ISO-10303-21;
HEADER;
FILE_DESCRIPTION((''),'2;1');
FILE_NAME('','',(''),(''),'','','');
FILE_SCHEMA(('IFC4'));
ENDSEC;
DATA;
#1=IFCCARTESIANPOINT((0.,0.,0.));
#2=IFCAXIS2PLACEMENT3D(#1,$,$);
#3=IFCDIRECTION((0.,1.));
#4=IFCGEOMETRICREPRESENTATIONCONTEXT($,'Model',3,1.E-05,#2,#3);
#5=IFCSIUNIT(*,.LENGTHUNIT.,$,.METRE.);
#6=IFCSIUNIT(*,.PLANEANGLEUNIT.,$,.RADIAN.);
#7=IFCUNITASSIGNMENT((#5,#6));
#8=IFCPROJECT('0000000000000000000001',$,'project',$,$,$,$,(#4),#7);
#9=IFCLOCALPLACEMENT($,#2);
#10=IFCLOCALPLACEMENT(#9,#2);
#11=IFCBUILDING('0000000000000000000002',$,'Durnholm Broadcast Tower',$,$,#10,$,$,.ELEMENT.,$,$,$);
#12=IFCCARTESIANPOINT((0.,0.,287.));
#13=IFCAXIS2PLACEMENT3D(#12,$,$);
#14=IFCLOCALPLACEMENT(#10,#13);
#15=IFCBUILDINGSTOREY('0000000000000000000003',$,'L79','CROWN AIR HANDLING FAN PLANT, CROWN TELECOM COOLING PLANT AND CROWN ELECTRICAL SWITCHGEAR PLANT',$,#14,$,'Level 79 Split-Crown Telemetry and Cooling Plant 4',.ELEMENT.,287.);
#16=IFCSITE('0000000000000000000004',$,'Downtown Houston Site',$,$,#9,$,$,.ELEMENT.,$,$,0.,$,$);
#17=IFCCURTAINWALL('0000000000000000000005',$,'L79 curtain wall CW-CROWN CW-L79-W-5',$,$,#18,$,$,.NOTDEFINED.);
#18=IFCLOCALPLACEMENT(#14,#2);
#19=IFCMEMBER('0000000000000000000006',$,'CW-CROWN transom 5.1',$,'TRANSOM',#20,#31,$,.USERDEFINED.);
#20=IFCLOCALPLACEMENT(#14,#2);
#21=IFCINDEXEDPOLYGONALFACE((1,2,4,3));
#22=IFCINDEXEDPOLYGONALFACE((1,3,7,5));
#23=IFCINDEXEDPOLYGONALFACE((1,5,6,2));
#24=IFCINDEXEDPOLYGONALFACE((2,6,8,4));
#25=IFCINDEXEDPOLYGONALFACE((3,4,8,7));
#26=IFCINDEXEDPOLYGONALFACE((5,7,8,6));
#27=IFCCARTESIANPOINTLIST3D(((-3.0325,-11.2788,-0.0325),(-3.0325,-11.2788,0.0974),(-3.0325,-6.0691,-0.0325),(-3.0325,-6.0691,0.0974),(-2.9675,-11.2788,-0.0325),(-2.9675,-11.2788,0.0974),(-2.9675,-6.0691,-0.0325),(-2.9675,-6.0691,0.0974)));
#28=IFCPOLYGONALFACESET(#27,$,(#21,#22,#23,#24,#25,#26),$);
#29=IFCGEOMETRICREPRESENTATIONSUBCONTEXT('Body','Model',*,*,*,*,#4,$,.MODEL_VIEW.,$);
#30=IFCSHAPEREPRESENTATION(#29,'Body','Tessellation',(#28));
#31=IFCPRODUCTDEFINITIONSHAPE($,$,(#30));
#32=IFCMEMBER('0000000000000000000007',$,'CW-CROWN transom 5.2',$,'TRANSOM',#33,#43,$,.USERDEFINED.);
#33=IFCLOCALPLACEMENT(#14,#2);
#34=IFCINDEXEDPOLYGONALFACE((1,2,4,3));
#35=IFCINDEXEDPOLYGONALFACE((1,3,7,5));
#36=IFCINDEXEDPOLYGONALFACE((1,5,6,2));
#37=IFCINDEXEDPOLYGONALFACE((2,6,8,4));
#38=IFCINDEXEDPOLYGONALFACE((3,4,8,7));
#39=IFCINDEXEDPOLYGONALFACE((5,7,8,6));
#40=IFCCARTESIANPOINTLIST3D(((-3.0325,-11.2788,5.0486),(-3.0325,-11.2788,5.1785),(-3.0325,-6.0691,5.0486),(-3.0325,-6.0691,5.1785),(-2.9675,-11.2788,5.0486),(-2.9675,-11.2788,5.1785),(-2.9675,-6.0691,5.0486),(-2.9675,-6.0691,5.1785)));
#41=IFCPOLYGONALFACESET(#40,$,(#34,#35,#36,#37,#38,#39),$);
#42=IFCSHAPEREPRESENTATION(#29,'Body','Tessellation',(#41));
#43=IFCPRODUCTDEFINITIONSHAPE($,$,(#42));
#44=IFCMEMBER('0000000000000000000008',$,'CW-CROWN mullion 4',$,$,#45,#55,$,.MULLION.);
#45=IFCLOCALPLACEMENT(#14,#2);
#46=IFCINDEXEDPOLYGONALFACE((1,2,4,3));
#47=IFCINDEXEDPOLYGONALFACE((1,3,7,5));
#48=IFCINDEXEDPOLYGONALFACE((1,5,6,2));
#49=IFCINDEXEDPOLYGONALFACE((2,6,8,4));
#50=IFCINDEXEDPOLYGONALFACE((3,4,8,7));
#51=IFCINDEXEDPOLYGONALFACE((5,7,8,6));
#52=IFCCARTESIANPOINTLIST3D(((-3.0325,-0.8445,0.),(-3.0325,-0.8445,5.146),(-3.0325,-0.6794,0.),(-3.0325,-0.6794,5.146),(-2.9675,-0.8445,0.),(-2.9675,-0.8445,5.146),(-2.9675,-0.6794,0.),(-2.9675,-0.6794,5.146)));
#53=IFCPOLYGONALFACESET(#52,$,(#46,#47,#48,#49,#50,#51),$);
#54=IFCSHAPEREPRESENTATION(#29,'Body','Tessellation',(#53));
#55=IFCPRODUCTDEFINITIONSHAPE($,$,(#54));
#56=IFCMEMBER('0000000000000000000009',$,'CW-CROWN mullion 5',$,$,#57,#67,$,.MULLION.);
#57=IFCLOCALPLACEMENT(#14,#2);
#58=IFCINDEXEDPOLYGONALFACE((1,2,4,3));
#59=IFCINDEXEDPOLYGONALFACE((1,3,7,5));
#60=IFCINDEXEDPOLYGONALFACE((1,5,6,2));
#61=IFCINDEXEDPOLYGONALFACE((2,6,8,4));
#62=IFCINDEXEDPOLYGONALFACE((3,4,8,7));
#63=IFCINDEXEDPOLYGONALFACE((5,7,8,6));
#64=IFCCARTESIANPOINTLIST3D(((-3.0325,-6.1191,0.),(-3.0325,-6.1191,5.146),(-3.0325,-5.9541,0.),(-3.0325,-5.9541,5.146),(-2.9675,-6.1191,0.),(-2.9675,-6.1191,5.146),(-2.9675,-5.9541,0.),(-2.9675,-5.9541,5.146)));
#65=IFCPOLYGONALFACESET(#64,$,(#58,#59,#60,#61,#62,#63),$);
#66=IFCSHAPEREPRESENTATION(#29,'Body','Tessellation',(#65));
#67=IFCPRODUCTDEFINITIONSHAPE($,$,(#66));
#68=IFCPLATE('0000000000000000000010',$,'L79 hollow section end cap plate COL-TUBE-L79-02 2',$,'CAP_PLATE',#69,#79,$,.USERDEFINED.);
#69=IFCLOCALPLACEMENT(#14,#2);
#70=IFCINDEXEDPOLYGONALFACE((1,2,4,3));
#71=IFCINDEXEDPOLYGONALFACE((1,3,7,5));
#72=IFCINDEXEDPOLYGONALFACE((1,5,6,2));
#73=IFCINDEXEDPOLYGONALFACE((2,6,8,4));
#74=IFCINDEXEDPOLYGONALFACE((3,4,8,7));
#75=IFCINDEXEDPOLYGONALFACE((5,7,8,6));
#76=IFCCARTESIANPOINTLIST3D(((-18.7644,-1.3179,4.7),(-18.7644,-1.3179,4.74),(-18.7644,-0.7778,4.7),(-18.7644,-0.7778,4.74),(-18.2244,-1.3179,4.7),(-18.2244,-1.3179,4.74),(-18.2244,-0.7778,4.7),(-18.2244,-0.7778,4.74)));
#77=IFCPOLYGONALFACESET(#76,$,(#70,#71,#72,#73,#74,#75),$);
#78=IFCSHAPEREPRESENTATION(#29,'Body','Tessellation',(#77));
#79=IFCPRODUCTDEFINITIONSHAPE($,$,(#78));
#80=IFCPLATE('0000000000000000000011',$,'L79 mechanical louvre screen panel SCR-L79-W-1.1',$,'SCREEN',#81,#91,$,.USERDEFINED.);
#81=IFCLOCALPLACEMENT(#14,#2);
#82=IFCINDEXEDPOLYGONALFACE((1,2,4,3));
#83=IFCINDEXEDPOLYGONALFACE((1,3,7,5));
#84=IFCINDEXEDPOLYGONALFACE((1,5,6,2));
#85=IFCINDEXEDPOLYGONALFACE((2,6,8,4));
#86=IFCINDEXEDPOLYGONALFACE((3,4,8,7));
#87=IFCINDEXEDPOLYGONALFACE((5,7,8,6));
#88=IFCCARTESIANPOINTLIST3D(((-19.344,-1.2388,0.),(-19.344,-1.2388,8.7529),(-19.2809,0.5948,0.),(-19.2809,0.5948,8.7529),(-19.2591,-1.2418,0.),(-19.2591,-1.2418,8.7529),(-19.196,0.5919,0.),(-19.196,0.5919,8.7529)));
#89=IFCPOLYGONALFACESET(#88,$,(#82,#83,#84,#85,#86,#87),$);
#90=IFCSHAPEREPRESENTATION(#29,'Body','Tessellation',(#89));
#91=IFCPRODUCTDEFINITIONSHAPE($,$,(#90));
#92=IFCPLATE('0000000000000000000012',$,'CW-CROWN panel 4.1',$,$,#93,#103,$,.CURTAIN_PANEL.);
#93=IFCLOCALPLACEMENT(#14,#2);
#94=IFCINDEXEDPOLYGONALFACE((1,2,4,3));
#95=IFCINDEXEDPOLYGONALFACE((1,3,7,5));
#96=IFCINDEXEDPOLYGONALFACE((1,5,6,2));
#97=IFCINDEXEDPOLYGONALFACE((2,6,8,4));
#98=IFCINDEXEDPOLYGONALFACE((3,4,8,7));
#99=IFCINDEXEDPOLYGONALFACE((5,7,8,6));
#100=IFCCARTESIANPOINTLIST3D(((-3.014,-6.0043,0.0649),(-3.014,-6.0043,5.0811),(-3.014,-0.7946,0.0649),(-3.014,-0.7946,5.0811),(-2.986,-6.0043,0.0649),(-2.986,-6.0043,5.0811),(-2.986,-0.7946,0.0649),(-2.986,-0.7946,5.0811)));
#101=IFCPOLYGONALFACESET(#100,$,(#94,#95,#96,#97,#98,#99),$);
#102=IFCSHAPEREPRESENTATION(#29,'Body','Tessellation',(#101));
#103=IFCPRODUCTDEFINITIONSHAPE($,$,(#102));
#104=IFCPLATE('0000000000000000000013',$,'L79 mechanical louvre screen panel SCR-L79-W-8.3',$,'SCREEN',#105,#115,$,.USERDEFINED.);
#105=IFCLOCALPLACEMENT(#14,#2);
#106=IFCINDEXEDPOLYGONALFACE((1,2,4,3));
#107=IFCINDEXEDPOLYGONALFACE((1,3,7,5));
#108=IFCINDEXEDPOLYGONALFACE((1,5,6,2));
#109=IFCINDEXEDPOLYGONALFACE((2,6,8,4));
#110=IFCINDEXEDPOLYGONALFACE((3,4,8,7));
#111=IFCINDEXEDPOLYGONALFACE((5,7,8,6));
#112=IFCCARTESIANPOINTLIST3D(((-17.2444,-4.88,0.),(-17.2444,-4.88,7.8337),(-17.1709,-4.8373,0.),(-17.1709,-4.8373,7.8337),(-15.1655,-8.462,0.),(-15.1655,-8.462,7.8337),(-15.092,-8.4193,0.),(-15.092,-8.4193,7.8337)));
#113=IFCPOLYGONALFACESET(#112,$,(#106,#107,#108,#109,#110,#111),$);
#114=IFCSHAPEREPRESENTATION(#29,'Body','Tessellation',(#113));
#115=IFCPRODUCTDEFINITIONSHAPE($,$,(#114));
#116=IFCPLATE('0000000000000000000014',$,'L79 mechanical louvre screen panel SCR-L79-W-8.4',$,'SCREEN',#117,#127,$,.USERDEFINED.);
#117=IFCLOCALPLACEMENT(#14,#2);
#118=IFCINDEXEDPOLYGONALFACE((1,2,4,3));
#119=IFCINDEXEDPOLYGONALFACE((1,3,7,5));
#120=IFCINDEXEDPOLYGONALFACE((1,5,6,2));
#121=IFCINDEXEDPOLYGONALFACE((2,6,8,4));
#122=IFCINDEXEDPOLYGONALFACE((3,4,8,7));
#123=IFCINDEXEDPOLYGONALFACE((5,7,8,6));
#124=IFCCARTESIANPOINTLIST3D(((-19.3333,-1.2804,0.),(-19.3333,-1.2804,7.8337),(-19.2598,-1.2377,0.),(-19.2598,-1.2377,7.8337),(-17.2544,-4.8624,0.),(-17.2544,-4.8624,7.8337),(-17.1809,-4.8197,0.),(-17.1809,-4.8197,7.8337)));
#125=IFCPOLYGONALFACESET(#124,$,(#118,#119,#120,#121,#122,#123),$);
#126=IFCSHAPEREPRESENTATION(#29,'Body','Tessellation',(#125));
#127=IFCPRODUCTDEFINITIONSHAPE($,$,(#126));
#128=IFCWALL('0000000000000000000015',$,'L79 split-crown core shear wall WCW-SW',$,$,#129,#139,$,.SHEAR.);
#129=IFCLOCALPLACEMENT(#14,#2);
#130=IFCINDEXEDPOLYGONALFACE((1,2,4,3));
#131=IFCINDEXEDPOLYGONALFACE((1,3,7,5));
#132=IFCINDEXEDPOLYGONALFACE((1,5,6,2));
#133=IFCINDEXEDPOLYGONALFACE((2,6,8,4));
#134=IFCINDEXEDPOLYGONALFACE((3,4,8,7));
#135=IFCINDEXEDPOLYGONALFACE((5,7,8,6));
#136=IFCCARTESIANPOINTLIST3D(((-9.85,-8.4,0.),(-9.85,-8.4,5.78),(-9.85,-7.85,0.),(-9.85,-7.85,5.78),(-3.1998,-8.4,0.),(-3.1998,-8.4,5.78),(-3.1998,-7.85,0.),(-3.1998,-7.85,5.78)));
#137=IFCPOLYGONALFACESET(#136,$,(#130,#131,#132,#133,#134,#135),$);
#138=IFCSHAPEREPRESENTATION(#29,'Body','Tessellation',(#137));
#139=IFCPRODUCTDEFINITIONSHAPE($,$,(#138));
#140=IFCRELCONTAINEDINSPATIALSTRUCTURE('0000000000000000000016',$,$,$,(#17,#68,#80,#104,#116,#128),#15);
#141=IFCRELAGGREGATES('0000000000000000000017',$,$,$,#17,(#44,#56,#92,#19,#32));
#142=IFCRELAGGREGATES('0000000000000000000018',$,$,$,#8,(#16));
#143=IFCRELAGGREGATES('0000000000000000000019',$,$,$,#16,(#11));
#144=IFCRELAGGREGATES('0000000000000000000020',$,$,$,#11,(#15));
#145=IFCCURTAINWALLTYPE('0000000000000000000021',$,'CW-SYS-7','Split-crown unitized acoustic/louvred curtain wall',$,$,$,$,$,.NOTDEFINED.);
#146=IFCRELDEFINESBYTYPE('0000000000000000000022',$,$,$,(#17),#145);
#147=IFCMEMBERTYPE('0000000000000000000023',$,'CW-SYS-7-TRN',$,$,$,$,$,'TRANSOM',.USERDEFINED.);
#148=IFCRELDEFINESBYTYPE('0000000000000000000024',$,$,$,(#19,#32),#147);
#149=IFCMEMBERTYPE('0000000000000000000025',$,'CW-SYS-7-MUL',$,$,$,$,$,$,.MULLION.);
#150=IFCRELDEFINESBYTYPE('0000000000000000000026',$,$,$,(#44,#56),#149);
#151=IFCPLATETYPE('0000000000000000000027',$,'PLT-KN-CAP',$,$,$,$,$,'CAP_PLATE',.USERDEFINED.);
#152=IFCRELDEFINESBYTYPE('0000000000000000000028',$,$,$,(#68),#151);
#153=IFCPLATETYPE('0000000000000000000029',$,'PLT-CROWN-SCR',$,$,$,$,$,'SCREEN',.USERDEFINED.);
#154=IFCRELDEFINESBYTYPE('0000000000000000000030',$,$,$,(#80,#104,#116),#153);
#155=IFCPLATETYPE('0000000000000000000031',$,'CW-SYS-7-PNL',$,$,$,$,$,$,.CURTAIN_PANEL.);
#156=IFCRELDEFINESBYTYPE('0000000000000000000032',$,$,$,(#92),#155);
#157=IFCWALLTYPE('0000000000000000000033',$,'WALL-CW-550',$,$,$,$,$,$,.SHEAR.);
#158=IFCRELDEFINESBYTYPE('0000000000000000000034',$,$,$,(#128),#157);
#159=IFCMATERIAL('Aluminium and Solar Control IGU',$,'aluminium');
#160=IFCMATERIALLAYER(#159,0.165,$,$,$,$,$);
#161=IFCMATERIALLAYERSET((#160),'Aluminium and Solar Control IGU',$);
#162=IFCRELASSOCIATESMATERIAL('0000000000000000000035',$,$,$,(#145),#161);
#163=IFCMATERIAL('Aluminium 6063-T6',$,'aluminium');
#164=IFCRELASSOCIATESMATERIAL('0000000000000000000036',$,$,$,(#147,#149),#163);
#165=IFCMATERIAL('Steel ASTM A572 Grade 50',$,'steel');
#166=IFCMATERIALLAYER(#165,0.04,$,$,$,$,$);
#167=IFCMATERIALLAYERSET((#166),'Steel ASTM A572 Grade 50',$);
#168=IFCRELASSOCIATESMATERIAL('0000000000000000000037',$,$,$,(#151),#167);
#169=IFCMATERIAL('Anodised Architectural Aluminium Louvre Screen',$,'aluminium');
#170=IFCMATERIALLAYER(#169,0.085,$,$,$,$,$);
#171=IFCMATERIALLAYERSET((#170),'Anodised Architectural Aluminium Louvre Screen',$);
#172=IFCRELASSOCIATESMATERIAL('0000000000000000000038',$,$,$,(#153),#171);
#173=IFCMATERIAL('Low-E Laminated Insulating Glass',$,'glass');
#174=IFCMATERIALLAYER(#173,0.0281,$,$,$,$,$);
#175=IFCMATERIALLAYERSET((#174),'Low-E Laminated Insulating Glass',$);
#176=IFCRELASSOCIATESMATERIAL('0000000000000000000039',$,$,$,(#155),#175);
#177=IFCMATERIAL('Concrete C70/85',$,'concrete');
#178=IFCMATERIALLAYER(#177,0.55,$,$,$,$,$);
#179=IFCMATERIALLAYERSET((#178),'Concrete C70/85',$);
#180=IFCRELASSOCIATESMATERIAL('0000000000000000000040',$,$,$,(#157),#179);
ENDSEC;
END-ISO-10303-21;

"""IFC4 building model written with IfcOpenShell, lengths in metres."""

from ifc_helpers import new_model, si_unit, direction, frame, frame_2d, origin, origin_2d, place, context, subcontext, project, spatial, rectangle, extrude, source, transform, mapped, material, layer, layer_set, material_profile, profile_set, type_object, type_shapes, element, aggregate, save


model = new_model("IFC4")

# Units and contexts
model_context = context("Model", 3, precision=1e-05, world=origin(), true_north=direction((0.0, 1.0)))
body_context = subcontext(model_context, "Body", "Model", "MODEL_VIEW")
ifc_project = project(units=[si_unit("LENGTHUNIT", "METRE"), si_unit("PLANEANGLEUNIT", "RADIAN")], contexts=[model_context])

# Site, building, storey
site_placement = place(None, origin())
site = spatial("IfcSite", under=ifc_project, at=site_placement, Name="Downtown Houston Site", CompositionType="ELEMENT", RefElevation=0.0)
building_placement = place(site_placement, origin())
building = spatial("IfcBuilding", under=site, at=building_placement, Name="Durnholm Broadcast Tower", CompositionType="ELEMENT")
storey_placement = place(building_placement, frame((0.0, 0.0, 287.0)))
storey = spatial("IfcBuildingStorey", under=building, at=storey_placement, Name="L79", Description="CROWN AIR HANDLING FAN PLANT, CROWN TELECOM COOLING PLANT AND CROWN ELECTRICAL SWITCHGEAR PLANT", LongName="Level 79 Split-Crown Telemetry and Cooling Plant 4", CompositionType="ELEMENT", Elevation=287.0)

# Shared definitions
ifc_material_1 = material(Name="Concrete C70/85", Category="concrete")

# Curtain wall, members
ifc_material_2 = material(Name="Aluminium and Solar Control IGU", Category="aluminium")
ifc_layer_1 = layer(ifc_material_2, 0.165)
ifc_layer_set_1 = layer_set([ifc_layer_1], Name="Aluminium and Solar Control IGU")
curtain_wall_type = type_object("IfcCurtainWallType", Name="CW-SYS-7", Description="Split-crown unitized acoustic/louvred curtain wall", PredefinedType="NOTDEFINED", material=ifc_layer_set_1)
curtain_wall_placement = place(storey_placement, origin())
curtain_wall = element("IfcCurtainWall", 1, at=curtain_wall_placement, inside=storey, type_object=curtain_wall_type, Name="L79 curtain wall CW-CROWN CW-L79-W-5", PredefinedType="NOTDEFINED")
ifc_material_3 = material(Name="Aluminium 6063-T6", Category="aluminium")
ifc_material_profile_1 = material_profile(ifc_material_3, rectangle(XDim=0.0649, YDim=0.1299, at=origin_2d()), Name="CWT65X130")
ifc_profile_set_1 = profile_set([ifc_material_profile_1], Name="Aluminium 6063-T6")
member_type_1 = type_object("IfcMemberType", Name="CW-SYS-7-TRN", ElementType="TRANSOM", PredefinedType="USERDEFINED", material=ifc_profile_set_1)
shared_shape_1 = source(origin(), body_context, "Body", "SweptSolid", [
    extrude(rectangle(XDim=0.0649, YDim=0.1299, at=origin_2d()), origin(), (0.0, 0.0, 1.0), 5.2097),
])
type_shapes(member_type_1, [shared_shape_1])
member_1_placement = place(storey_placement, frame((-3.0, -6.0691, 0.0325), z_axis=(0.0, -1.0, 0.0), x_axis=(1.0, 0.0, 0.0)))
member_1 = element("IfcMember", 2, at=member_1_placement, type_object=member_type_1, Name="CW-CROWN transom 5.1", ObjectType="TRANSOM", PredefinedType="USERDEFINED", context=body_context, shape_type="MappedRepresentation", body=[
    mapped(shared_shape_1, transform((0.0, 0.0, 0.0), x_axis=(1.0, 0.0, 0.0), y_axis=(0.0, 1.0, 0.0), z_axis=(0.0, 0.0, 1.0), scale=1.0)),
])
member_2_placement = place(storey_placement, frame((-3.0, -6.0691, 5.1135), z_axis=(0.0, -1.0, 0.0), x_axis=(1.0, 0.0, 0.0)))
member_2 = element("IfcMember", 3, at=member_2_placement, type_object=member_type_1, Name="CW-CROWN transom 5.2", ObjectType="TRANSOM", PredefinedType="USERDEFINED", context=body_context, shape_type="MappedRepresentation", body=[
    mapped(shared_shape_1, transform((0.0, 0.0, 0.0), x_axis=(1.0, 0.0, 0.0), y_axis=(0.0, 1.0, 0.0), z_axis=(0.0, 0.0, 1.0), scale=1.0)),
])
ifc_material_profile_2 = material_profile(ifc_material_3, rectangle(XDim=0.0649, YDim=0.165, at=origin_2d()), Name="CWM65X165")
ifc_profile_set_2 = profile_set([ifc_material_profile_2], Name="Aluminium 6063-T6")
member_type_2 = type_object("IfcMemberType", Name="CW-SYS-7-MUL", PredefinedType="MULLION", material=ifc_profile_set_2)
shared_shape_2 = source(origin(), body_context, "Body", "SweptSolid", [
    extrude(rectangle(XDim=0.0649, YDim=0.165, at=origin_2d()), origin(), (0.0, 0.0, 1.0), 5.146),
])
type_shapes(member_type_2, [shared_shape_2])
member_3_placement = place(storey_placement, frame((-3.0, -0.762, 0.0), z_axis=(0.0, 0.0, 1.0), x_axis=(1.0, 0.0, 0.0)))
member_3 = element("IfcMember", 4, at=member_3_placement, type_object=member_type_2, Name="CW-CROWN mullion 4", PredefinedType="MULLION", context=body_context, shape_type="MappedRepresentation", body=[
    mapped(shared_shape_2, transform((0.0, 0.0, 0.0), x_axis=(1.0, 0.0, 0.0), y_axis=(0.0, 1.0, 0.0), z_axis=(0.0, 0.0, 1.0), scale=1.0)),
])
member_4_placement = place(storey_placement, frame((-3.0, -6.0366, 0.0), z_axis=(0.0, 0.0, 1.0), x_axis=(1.0, 0.0, 0.0)))
member_4 = element("IfcMember", 5, at=member_4_placement, type_object=member_type_2, Name="CW-CROWN mullion 5", PredefinedType="MULLION", context=body_context, shape_type="MappedRepresentation", body=[
    mapped(shared_shape_2, transform((0.0, 0.0, 0.0), x_axis=(1.0, 0.0, 0.0), y_axis=(0.0, 1.0, 0.0), z_axis=(0.0, 0.0, 1.0), scale=1.0)),
])

# Plates
ifc_material_4 = material(Name="Steel ASTM A572 Grade 50", Category="steel")
ifc_layer_2 = layer(ifc_material_4, 0.04)
ifc_layer_set_2 = layer_set([ifc_layer_2], Name="Steel ASTM A572 Grade 50")
plate_type_1 = type_object("IfcPlateType", Name="PLT-KN-CAP", ElementType="CAP_PLATE", PredefinedType="USERDEFINED", material=ifc_layer_set_2)
shared_shape_3 = source(origin(), body_context, "Body", "SweptSolid", [
    extrude(rectangle(XDim=0.54, YDim=0.54, at=origin_2d()), origin(), (0.0, 0.0, 1.0), 0.04),
])
type_shapes(plate_type_1, [shared_shape_3])
plate_1_placement = place(storey_placement, frame((-18.4944, -1.0479, 4.7), z_axis=(0.0, 0.0, 1.0), x_axis=(1.0, 0.0, 0.0)))
element("IfcPlate", 6, at=plate_1_placement, inside=storey, type_object=plate_type_1, Name="L79 hollow section end cap plate COL-TUBE-L79-02 2", ObjectType="CAP_PLATE", PredefinedType="USERDEFINED", context=body_context, shape_type="MappedRepresentation", body=[
    mapped(shared_shape_3, transform((0.0, 0.0, 0.0), x_axis=(1.0, 0.0, 0.0), y_axis=(0.0, 1.0, 0.0), z_axis=(0.0, 0.0, 1.0), scale=1.0)),
])
ifc_material_5 = material(Name="Anodised Architectural Aluminium Louvre Screen", Category="aluminium")
ifc_layer_3 = layer(ifc_material_5, 0.085)
ifc_layer_set_3 = layer_set([ifc_layer_3], Name="Anodised Architectural Aluminium Louvre Screen")
plate_type_2 = type_object("IfcPlateType", Name="PLT-CROWN-SCR", ElementType="SCREEN", PredefinedType="USERDEFINED", material=ifc_layer_set_3)
shared_shape_4 = source(origin(), body_context, "Body", "SweptSolid", [
    extrude(rectangle(XDim=1.8347, YDim=0.085, at=origin_2d()), origin(), (0.0, 0.0, 1.0), 8.7529),
])
plate_2_placement = place(storey_placement, frame((-19.27, -0.3235, 0.0), z_axis=(0.0, 0.0, 1.0), x_axis=(0.034376, 0.999409, 0.0)))
element("IfcPlate", 7, at=plate_2_placement, inside=storey, type_object=plate_type_2, Name="L79 mechanical louvre screen panel SCR-L79-W-1.1", ObjectType="SCREEN", PredefinedType="USERDEFINED", context=body_context, shape_type="MappedRepresentation", body=[
    mapped(shared_shape_4, transform((0.0, 0.0, 0.0), x_axis=(1.0, 0.0, 0.0), y_axis=(0.0, 1.0, 0.0), z_axis=(0.0, 0.0, 1.0), scale=1.0)),
])

# Plate
ifc_material_6 = material(Name="Low-E Laminated Insulating Glass", Category="glass")
ifc_layer_4 = layer(ifc_material_6, 0.0281)
ifc_layer_set_4 = layer_set([ifc_layer_4], Name="Low-E Laminated Insulating Glass")
plate_type_3 = type_object("IfcPlateType", Name="CW-SYS-7-PNL", PredefinedType="CURTAIN_PANEL", material=ifc_layer_set_4)
shared_shape_5 = source(origin(), body_context, "Body", "SweptSolid", [
    extrude(rectangle(XDim=5.2097, YDim=0.0281, at=origin_2d()), origin(), (0.0, 0.0, 1.0), 5.0161),
])
type_shapes(plate_type_3, [shared_shape_5])
plate_3_placement = place(storey_placement, frame((-3.0, -3.3994, 0.0649), z_axis=(0.0, 0.0, 1.0), x_axis=(0.0, -1.0, 0.0)))
plate_3 = element("IfcPlate", 8, at=plate_3_placement, type_object=plate_type_3, Name="CW-CROWN panel 4.1", PredefinedType="CURTAIN_PANEL", context=body_context, shape_type="MappedRepresentation", body=[
    mapped(shared_shape_5, transform((0.0, 0.0, 0.0), x_axis=(1.0, 0.0, 0.0), y_axis=(0.0, 1.0, 0.0), z_axis=(0.0, 0.0, 1.0), scale=1.0)),
])
aggregate(curtain_wall, [member_3, member_4, plate_3, member_1, member_2])

# Plates
shared_shape_6 = source(origin(), body_context, "Body", "SweptSolid", [
    extrude(rectangle(XDim=4.1416, YDim=0.085, at=origin_2d()), origin(), (0.0, 0.0, 1.0), 7.8337),
])
type_shapes(plate_type_2, [shared_shape_4, shared_shape_6])
for number, where, z_axis, x_axis, name in (
    (9, (-16.1682, -6.6497, 0.0), (0.0, 0.0, 1.0), (-0.501964, 0.864889, 0.0), "L79 mechanical louvre screen panel SCR-L79-W-8.3"),
    (10, (-18.2571, -3.05, 0.0), (0.0, 0.0, 1.0), (-0.501964, 0.864889, 0.0), "L79 mechanical louvre screen panel SCR-L79-W-8.4"),
):
    element("IfcPlate", number, at=place(storey_placement, frame(where, z_axis=z_axis, x_axis=x_axis)), inside=storey, type_object=plate_type_2, Name=name, ObjectType="SCREEN", PredefinedType="USERDEFINED", context=body_context, shape_type="MappedRepresentation", body=[
        mapped(shared_shape_6, transform((0.0, 0.0, 0.0), x_axis=(1.0, 0.0, 0.0), y_axis=(0.0, 1.0, 0.0), z_axis=(0.0, 0.0, 1.0), scale=1.0)),
    ])

# Wall
ifc_layer_5 = layer(ifc_material_1, 0.55)
ifc_layer_set_5 = layer_set([ifc_layer_5], Name="Concrete C70/85")
wall_type_1 = type_object("IfcWallType", Name="WALL-CW-550", PredefinedType="SHEAR", material=ifc_layer_set_5)
wall_1_placement = place(storey_placement, frame((-9.8501, -8.125, 0.0), z_axis=(0.0, 0.0, 1.0), x_axis=(1.0, 0.0, 0.0)))
element("IfcWall", 11, at=wall_1_placement, inside=storey, type_object=wall_type_1, Name="L79 split-crown core shear wall WCW-SW", PredefinedType="SHEAR", context=body_context, shape_type="SweptSolid", body=[
    extrude(rectangle(XDim=6.6501, YDim=0.55, at=frame_2d((3.3252, 0.0))), origin(), (0.0, 0.0, 1.0), 5.78),
])

save(model, "model.ifc")
